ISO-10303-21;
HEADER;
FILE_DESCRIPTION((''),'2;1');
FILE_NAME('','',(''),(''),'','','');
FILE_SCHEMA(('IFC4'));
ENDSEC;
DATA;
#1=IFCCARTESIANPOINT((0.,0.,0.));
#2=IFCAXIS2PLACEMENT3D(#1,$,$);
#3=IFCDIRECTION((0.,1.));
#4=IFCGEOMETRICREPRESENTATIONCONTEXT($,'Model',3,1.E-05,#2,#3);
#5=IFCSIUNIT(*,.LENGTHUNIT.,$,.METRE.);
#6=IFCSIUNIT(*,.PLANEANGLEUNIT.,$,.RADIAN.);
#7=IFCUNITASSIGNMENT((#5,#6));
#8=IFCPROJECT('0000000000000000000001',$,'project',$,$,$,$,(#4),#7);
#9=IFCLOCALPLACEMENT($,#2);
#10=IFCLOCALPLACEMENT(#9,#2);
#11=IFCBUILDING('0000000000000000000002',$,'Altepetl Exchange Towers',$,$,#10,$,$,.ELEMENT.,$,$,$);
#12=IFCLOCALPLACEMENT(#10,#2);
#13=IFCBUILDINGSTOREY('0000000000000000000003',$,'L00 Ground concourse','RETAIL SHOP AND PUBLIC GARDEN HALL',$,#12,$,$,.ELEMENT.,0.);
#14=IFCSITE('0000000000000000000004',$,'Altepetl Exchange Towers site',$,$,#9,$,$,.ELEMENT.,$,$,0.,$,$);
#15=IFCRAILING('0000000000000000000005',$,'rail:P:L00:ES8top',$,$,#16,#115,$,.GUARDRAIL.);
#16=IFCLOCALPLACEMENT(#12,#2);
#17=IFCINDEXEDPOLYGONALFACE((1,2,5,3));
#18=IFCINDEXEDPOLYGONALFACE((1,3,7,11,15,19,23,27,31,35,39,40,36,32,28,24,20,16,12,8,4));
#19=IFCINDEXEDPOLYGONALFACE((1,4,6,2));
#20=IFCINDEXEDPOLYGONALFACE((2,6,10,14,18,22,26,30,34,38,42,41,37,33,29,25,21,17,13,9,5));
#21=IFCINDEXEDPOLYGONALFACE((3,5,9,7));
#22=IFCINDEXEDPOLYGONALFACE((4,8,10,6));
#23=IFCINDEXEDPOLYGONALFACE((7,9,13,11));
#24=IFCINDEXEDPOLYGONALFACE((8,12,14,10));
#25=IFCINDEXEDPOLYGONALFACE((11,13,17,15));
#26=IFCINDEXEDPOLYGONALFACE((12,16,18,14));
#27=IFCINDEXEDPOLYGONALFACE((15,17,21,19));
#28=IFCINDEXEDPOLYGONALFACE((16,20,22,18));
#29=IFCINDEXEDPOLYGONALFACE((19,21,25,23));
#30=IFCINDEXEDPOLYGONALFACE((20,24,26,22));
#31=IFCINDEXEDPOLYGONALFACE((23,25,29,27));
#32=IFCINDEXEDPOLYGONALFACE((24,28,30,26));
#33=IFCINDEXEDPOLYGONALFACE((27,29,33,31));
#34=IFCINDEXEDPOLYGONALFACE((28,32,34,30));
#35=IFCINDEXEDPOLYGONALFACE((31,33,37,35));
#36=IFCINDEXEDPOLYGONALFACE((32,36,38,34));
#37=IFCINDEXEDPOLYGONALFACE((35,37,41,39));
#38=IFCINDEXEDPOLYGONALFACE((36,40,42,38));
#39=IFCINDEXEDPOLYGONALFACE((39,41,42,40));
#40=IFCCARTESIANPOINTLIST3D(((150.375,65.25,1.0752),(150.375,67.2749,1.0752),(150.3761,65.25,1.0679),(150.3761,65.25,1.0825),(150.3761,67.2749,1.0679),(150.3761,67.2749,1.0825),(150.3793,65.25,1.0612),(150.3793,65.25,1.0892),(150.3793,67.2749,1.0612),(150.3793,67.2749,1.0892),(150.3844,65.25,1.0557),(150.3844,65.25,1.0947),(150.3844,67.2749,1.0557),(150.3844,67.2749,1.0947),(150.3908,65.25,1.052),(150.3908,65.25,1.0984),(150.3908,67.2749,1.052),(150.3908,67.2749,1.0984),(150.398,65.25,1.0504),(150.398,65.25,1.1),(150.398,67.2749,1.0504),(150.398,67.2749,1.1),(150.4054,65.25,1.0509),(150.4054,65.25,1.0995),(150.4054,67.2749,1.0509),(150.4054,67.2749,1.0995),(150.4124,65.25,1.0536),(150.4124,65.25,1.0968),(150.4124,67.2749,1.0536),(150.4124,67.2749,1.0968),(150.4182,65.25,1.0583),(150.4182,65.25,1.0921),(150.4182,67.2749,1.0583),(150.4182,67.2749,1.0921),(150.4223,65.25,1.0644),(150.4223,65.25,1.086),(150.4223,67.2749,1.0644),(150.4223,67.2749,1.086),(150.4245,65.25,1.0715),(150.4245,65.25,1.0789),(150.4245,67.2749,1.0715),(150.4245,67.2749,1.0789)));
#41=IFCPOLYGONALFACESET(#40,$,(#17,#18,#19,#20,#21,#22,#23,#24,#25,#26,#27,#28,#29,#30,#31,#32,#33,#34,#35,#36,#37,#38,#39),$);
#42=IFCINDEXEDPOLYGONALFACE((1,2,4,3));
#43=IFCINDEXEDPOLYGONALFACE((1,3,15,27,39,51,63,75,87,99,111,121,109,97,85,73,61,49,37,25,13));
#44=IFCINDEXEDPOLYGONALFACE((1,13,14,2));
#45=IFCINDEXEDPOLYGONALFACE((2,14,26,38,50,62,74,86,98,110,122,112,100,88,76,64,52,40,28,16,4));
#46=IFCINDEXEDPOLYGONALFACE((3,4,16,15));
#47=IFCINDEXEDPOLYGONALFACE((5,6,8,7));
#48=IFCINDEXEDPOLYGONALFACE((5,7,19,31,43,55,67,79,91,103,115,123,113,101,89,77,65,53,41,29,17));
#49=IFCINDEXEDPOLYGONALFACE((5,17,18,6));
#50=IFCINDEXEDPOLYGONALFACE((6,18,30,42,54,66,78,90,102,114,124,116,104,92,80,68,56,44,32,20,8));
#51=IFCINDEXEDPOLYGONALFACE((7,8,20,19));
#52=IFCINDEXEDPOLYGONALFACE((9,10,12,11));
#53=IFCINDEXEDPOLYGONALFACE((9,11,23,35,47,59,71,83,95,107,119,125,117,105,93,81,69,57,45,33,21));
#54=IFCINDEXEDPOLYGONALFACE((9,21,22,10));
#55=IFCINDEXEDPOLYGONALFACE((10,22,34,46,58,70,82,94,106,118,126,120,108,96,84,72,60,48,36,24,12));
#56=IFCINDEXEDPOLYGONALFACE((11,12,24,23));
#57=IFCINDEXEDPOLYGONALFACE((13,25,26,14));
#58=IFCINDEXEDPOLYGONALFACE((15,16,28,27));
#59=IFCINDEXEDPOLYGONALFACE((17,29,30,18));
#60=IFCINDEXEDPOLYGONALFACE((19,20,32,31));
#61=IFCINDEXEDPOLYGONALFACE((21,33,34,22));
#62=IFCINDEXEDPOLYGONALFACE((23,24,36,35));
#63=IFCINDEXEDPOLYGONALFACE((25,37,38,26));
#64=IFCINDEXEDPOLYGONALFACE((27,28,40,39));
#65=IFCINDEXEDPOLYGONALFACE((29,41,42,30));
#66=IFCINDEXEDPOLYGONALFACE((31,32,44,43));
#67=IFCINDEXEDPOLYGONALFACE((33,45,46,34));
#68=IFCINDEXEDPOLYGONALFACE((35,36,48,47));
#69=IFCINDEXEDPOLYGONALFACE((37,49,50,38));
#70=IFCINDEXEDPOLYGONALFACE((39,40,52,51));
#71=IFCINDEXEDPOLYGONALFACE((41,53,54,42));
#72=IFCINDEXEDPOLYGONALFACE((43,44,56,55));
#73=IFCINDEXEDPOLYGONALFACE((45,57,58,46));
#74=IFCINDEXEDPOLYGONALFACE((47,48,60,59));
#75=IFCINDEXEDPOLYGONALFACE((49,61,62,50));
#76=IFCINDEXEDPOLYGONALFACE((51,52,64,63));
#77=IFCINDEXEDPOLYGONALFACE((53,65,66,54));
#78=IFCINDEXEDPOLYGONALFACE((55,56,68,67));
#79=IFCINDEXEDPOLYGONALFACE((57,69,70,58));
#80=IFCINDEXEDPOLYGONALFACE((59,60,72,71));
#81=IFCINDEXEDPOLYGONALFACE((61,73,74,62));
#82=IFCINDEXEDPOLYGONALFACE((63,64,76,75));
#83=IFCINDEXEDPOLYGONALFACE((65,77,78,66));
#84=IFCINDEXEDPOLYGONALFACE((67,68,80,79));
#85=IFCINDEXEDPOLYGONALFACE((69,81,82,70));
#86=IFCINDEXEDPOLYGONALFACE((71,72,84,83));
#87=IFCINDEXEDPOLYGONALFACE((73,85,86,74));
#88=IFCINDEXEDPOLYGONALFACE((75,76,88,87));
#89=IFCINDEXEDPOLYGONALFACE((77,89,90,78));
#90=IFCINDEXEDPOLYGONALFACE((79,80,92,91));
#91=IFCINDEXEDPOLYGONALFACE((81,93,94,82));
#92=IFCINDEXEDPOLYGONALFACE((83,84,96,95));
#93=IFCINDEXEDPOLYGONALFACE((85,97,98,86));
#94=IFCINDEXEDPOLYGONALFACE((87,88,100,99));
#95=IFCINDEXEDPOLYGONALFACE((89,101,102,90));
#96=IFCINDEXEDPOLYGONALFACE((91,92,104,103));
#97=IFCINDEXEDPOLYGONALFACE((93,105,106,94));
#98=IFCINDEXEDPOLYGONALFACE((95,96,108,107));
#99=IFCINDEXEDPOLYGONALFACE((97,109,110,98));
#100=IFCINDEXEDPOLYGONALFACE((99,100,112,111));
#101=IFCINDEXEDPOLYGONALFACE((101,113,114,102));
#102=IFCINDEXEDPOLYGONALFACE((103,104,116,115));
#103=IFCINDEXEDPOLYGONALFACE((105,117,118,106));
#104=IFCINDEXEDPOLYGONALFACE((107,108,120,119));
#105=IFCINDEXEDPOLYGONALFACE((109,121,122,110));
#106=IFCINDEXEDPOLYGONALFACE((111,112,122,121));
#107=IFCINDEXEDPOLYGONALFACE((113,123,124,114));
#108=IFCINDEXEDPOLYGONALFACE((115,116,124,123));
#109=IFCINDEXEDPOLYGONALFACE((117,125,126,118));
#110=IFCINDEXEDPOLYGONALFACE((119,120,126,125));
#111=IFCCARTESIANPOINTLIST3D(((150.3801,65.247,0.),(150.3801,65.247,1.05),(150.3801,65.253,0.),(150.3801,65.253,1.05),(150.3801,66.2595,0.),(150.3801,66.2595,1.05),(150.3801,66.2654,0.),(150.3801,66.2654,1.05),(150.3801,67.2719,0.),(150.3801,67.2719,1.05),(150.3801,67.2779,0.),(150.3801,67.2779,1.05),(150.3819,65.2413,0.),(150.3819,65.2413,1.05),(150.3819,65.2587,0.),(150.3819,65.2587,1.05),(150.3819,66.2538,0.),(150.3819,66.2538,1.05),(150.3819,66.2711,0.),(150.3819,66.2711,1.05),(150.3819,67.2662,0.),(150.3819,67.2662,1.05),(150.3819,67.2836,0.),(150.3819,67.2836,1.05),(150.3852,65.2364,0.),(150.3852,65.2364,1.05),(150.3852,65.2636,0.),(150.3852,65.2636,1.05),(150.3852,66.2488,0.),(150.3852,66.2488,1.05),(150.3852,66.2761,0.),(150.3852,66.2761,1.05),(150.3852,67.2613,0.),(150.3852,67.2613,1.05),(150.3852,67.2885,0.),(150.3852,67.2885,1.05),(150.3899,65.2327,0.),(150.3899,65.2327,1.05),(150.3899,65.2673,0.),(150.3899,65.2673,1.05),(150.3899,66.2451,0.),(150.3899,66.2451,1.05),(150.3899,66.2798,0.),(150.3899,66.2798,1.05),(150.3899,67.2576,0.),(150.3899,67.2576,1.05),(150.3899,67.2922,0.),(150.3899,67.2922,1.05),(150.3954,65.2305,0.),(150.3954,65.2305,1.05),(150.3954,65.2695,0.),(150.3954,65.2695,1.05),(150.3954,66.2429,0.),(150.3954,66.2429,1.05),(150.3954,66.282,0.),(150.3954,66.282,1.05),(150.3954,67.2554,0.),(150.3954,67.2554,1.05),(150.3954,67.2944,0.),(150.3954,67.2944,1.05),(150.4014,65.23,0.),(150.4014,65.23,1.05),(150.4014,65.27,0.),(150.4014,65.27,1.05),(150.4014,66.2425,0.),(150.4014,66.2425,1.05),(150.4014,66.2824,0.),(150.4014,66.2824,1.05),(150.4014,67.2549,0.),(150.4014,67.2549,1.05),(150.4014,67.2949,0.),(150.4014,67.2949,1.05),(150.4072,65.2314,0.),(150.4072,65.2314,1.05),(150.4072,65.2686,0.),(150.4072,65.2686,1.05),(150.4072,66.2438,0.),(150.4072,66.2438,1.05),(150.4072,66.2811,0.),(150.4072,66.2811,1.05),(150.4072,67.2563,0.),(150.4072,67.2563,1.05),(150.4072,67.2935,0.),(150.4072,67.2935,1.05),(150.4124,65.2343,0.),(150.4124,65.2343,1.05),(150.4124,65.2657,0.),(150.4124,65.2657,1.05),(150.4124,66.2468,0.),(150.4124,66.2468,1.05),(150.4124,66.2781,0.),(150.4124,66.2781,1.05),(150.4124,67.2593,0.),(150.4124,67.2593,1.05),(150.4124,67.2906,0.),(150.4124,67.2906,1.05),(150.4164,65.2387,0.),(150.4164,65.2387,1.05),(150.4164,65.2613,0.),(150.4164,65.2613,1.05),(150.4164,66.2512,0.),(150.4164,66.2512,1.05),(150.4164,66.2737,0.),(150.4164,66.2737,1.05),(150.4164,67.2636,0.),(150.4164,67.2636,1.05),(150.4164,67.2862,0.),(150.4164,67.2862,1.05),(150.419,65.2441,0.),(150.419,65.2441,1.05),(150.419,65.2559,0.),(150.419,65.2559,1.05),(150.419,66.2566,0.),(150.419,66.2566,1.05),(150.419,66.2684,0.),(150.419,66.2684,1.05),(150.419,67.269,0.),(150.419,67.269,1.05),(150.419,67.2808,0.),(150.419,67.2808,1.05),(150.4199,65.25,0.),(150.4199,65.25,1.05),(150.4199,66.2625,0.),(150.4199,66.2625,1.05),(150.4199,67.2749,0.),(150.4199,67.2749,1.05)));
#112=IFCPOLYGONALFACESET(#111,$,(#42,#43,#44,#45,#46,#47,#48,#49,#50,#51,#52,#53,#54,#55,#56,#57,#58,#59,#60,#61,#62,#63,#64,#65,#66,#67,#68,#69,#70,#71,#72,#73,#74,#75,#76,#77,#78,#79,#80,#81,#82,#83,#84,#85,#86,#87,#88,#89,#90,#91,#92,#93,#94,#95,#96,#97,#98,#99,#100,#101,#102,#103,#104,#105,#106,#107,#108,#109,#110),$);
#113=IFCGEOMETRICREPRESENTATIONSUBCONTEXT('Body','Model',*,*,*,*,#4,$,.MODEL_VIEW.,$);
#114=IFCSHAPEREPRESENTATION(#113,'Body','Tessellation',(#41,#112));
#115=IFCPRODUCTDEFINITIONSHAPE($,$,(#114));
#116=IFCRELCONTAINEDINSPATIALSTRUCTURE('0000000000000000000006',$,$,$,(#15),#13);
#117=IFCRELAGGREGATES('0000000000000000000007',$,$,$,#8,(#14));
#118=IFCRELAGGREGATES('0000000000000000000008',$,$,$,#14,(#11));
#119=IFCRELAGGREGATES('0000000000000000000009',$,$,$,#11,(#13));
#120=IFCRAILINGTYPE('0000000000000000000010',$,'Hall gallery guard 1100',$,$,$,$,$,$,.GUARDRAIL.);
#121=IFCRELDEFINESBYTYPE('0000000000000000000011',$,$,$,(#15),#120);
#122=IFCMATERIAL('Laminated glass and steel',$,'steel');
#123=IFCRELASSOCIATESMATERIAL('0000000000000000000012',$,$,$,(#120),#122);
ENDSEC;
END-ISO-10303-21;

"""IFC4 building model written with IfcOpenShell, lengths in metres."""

from ifc_helpers import new_model, si_unit, direction, frame, origin, origin_2d, place, context, subcontext, project, spatial, circle, extrude, source, transform, mapped, material, type_object, element, save


model = new_model("IFC4")

# Units and contexts
model_context = context("Model", 3, precision=1e-05, world=origin(), true_north=direction((0.0, 1.0)))
body_context = subcontext(model_context, "Body", "Model", "MODEL_VIEW")
ifc_project = project(units=[si_unit("LENGTHUNIT", "METRE"), si_unit("PLANEANGLEUNIT", "RADIAN")], contexts=[model_context])

# Site, building, storey
site_placement = place(None, origin())
site = spatial("IfcSite", under=ifc_project, at=site_placement, Name="Altepetl Exchange Towers site", CompositionType="ELEMENT", RefElevation=0.0)
building_placement = place(site_placement, origin())
building = spatial("IfcBuilding", under=site, at=building_placement, Name="Altepetl Exchange Towers", CompositionType="ELEMENT")
storey_placement = place(building_placement, origin())
storey = spatial("IfcBuildingStorey", under=building, at=storey_placement, Name="L00 Ground concourse", Description="RETAIL SHOP AND PUBLIC GARDEN HALL", CompositionType="ELEMENT", Elevation=0.0)

# Railing
ifc_material_1 = material(Name="Laminated glass and steel", Category="steel")
railing_type = type_object("IfcRailingType", Name="Hall gallery guard 1100", PredefinedType="GUARDRAIL", material=ifc_material_1)
shared_shape = source(origin(), body_context, "Body", "SweptSolid", [
    extrude(circle(Radius=0.02, at=origin_2d()), origin(), (0.0, 0.0, 1.0), 1.05),
])
railing_placement = place(storey_placement, frame((150.3999, 65.25, 0.0)))
element("IfcRailing", 1, at=railing_placement, inside=storey, type_object=railing_type, Name="rail:P:L00:ES8top", PredefinedType="GUARDRAIL", context=body_context, shape_type="SweptSolid", body=[
    extrude(circle(Radius=0.0249, at=origin_2d()), frame((0.0, 0.0, 1.0752), z_axis=(0.0, 1.0, 0.0), x_axis=(-1.0, 0.0, 0.0)), (0.0, 0.0, 1.0), 2.0249),
    mapped(shared_shape, transform((0.0, 0.0, 0.0))),
    mapped(shared_shape, transform((0.0, 1.0125, 0.0))),
    mapped(shared_shape, transform((0.0, 2.0249, 0.0))),
])

save(model, "model.ifc")
